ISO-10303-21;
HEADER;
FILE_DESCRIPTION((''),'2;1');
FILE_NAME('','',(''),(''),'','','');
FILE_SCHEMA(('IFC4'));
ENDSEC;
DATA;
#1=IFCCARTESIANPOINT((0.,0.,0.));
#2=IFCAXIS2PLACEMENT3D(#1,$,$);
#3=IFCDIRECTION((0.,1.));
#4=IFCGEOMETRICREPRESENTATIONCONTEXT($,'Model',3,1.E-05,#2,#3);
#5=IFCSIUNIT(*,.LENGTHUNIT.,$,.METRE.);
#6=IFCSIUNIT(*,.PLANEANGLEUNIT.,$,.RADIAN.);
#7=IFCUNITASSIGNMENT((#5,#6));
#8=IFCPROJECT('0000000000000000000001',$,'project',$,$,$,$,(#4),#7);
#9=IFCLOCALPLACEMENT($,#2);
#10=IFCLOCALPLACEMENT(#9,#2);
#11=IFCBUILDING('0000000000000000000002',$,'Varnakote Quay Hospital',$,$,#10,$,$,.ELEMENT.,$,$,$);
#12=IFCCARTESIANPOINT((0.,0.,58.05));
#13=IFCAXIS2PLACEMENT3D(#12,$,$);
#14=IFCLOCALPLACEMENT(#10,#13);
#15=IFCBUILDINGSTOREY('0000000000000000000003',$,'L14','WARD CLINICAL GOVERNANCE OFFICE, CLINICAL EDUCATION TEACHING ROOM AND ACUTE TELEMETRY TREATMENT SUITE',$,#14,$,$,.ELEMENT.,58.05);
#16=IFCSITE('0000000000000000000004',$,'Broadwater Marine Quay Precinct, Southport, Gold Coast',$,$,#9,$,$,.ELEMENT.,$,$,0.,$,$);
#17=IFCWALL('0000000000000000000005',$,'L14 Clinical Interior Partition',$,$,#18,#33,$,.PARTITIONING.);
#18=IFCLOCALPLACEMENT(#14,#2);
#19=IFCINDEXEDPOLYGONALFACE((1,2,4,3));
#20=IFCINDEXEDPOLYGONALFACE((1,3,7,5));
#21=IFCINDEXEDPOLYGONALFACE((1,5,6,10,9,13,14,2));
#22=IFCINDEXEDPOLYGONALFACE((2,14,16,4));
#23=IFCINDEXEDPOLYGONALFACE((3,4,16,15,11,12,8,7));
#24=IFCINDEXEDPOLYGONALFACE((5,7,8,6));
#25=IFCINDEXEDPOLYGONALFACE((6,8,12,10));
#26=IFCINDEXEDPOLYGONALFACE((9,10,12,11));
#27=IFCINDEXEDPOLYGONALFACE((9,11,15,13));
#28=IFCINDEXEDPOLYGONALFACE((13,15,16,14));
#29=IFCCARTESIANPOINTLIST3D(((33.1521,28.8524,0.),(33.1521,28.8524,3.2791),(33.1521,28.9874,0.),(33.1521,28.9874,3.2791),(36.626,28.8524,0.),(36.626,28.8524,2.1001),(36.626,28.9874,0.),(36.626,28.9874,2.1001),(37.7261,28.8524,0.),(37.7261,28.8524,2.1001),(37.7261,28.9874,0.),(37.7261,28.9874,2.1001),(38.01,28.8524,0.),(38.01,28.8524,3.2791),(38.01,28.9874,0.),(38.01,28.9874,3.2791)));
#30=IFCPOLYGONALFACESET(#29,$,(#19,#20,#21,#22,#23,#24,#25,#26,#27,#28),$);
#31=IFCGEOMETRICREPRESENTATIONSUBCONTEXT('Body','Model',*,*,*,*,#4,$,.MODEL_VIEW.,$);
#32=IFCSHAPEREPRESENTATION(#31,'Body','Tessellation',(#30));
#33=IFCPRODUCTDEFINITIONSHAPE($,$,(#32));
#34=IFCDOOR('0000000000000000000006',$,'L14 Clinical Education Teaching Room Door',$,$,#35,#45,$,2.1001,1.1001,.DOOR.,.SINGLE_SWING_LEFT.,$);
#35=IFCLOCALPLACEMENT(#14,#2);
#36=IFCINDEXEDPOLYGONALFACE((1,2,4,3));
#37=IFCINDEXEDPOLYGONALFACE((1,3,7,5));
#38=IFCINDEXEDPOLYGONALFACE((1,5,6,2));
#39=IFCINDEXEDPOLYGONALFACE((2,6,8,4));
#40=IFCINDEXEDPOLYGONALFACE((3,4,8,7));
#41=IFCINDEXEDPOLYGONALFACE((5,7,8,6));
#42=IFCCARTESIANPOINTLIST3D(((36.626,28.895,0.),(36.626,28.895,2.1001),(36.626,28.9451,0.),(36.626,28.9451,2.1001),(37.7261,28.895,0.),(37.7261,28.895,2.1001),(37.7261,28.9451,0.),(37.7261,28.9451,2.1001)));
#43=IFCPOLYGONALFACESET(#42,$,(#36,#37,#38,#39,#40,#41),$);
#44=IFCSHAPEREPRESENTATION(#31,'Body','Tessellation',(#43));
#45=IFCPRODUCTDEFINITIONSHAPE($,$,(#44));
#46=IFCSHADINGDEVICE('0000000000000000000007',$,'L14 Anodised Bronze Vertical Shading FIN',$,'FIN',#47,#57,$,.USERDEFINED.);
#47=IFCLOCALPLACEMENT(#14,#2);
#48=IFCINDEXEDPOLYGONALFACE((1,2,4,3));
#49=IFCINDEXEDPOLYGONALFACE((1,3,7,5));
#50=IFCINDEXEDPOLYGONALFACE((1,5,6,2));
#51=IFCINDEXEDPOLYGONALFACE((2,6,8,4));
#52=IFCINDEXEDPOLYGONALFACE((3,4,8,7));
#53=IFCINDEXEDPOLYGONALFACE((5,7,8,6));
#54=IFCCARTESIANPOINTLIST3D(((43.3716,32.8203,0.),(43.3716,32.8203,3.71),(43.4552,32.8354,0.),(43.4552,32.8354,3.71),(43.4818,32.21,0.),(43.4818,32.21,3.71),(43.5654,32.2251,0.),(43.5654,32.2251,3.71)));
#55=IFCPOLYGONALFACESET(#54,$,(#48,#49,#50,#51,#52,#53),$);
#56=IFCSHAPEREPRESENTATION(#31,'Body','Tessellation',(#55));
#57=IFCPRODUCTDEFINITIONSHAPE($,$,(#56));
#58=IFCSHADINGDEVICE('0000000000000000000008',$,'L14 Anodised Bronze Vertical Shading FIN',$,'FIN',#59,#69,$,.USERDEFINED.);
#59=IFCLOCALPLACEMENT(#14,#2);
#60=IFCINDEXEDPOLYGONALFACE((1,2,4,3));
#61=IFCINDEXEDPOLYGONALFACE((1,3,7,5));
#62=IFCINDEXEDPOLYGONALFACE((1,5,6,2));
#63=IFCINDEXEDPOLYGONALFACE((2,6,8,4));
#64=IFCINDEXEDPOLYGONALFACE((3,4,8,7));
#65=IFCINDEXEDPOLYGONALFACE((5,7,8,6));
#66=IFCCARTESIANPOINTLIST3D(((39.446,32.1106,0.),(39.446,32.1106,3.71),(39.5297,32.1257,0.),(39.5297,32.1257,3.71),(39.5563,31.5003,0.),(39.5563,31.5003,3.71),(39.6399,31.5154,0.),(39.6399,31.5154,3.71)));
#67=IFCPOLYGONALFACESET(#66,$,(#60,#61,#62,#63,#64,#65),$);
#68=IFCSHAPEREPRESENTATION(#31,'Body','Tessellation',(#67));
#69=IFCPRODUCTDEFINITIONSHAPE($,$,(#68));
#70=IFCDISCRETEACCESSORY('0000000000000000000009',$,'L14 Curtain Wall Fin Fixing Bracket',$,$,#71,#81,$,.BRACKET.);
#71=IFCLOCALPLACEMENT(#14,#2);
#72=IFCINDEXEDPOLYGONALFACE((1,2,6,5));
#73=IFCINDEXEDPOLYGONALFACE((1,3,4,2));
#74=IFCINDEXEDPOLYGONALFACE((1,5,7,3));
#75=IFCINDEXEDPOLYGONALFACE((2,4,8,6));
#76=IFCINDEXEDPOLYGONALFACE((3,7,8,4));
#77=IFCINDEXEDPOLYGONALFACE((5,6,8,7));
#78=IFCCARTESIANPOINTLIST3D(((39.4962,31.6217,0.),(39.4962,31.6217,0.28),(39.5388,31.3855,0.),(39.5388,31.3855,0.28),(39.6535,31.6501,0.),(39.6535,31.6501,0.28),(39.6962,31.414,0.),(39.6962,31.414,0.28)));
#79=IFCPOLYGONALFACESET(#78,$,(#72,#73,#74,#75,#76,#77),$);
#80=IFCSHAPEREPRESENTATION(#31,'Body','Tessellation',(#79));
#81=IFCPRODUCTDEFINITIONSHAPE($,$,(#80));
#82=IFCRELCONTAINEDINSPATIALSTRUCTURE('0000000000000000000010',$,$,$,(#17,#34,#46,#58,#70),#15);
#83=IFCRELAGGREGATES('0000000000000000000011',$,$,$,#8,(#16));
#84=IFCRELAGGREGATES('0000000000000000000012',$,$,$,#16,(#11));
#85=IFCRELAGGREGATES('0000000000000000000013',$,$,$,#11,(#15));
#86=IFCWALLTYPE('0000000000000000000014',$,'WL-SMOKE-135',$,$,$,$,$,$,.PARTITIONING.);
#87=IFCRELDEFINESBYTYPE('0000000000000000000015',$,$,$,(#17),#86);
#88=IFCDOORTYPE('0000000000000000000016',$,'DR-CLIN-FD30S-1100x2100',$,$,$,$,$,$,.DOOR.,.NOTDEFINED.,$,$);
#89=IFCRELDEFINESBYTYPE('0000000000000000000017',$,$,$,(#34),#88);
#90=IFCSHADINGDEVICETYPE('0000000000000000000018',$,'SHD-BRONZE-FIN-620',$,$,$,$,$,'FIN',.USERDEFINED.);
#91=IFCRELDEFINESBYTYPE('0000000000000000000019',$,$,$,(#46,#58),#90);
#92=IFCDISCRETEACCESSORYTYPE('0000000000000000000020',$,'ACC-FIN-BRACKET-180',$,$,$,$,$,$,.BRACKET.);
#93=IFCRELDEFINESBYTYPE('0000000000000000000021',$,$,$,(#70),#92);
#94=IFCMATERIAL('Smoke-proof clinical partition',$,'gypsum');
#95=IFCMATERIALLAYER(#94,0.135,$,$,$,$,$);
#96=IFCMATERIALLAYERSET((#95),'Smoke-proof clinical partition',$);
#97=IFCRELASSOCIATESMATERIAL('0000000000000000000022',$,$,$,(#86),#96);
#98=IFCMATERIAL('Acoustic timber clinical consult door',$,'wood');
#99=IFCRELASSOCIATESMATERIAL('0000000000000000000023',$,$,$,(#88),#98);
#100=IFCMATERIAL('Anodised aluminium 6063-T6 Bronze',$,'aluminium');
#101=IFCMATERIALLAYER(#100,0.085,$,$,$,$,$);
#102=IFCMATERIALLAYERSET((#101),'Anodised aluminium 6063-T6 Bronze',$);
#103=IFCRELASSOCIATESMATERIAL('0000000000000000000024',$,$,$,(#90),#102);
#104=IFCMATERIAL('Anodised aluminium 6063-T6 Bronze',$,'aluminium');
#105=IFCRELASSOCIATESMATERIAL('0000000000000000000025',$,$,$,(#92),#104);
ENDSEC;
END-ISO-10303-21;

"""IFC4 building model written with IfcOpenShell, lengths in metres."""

from ifc_helpers import new_model, si_unit, direction, frame, frame_2d, origin, origin_2d, place, context, subcontext, project, spatial, rectangle, extrude, material, layer, layer_set, type_object, element, fill, save


model = new_model("IFC4")

# Units and contexts
model_context = context("Model", 3, precision=1e-05, world=origin(), true_north=direction((0.0, 1.0)))
body_context = subcontext(model_context, "Body", "Model", "MODEL_VIEW")
ifc_project = project(units=[si_unit("LENGTHUNIT", "METRE"), si_unit("PLANEANGLEUNIT", "RADIAN")], contexts=[model_context])

# Site, building, storey
site_placement = place(None, origin())
site = spatial("IfcSite", under=ifc_project, at=site_placement, Name="Broadwater Marine Quay Precinct, Southport, Gold Coast", CompositionType="ELEMENT", RefElevation=0.0)
building_placement = place(site_placement, origin())
building = spatial("IfcBuilding", under=site, at=building_placement, Name="Varnakote Quay Hospital", CompositionType="ELEMENT")
storey_placement = place(building_placement, frame((0.0, 0.0, 58.05)))
storey = spatial("IfcBuildingStorey", under=building, at=storey_placement, Name="L14", Description="WARD CLINICAL GOVERNANCE OFFICE, CLINICAL EDUCATION TEACHING ROOM AND ACUTE TELEMETRY TREATMENT SUITE", CompositionType="ELEMENT", Elevation=58.05)

# Shared definitions
ifc_material_1 = material(Name="Smoke-proof clinical partition", Category="gypsum")
ifc_layer_1 = layer(ifc_material_1, 0.135)
ifc_layer_set_1 = layer_set([ifc_layer_1], Name="Smoke-proof clinical partition")
wall_type_1 = type_object("IfcWallType", Name="WL-SMOKE-135", PredefinedType="PARTITIONING", material=ifc_layer_set_1)

# Wall, opening, door
ifc_material_2 = material(Name="Acoustic timber clinical consult door", Category="wood")
door_type = type_object("IfcDoorType", Name="DR-CLIN-FD30S-1100x2100", OperationType="NOTDEFINED", PredefinedType="DOOR", material=ifc_material_2)
wall_1_placement = place(storey_placement, frame((38.01, 28.9199, 0.0), z_axis=(0.0, 0.0, 1.0), x_axis=(-1.0, 0.0, 0.0)))
wall_1 = element("IfcWall", 1, at=wall_1_placement, inside=storey, type_object=wall_type_1, Name="L14 Clinical Interior Partition", PredefinedType="PARTITIONING", context=body_context, shape_type="SweptSolid", body=[
    extrude(rectangle(XDim=4.8579, YDim=0.135, at=frame_2d((2.429, 0.0))), origin(), (0.0, 0.0, 1.0), 3.2791),
])
opening_1_placement = place(wall_1_placement, frame((0.2839, 0.0, 0.0)))
opening_1 = element("IfcOpeningElement", 2, at=opening_1_placement, cuts=wall_1, PredefinedType="OPENING", context=body_context, shape_type="SweptSolid", body=[
    extrude(rectangle(XDim=1.1001, YDim=2.1001, at=frame_2d((0.55, 1.05))), frame((0.0, 0.0774, 0.0), z_axis=(0.0, -1.0, 0.0), x_axis=(1.0, 0.0, 0.0)), (0.0, 0.0, 1.0), 0.155),
])
door_1_placement = place(opening_1_placement, origin())
door_1 = element("IfcDoor", 3, at=door_1_placement, inside=storey, type_object=door_type, Name="L14 Clinical Education Teaching Room Door", OperationType="SINGLE_SWING_LEFT", OverallHeight=2.1001, OverallWidth=1.1001, PredefinedType="DOOR", context=body_context, shape_type="SweptSolid", body=[
    extrude(rectangle(XDim=1.1001, YDim=2.1001, at=frame_2d((0.55, 1.05))), frame((0.0, 0.0249, 0.0), z_axis=(0.0, -1.0, 0.0), x_axis=(1.0, 0.0, 0.0)), (0.0, 0.0, 1.0), 0.05),
])
fill(opening_1, door_1)

# Shading devices
ifc_material_3 = material(Name="Anodised aluminium 6063-T6 Bronze", Category="aluminium")
ifc_layer_2 = layer(ifc_material_3, 0.085)
ifc_layer_set_2 = layer_set([ifc_layer_2], Name="Anodised aluminium 6063-T6 Bronze")
shading_device_type = type_object("IfcShadingDeviceType", Name="SHD-BRONZE-FIN-620", ElementType="FIN", PredefinedType="USERDEFINED", material=ifc_layer_set_2)
for number, where, z_axis, x_axis, name in (
    (4, (43.4685, 32.5227, 0.0), (0.0, 0.0, 1.0), (0.177772, -0.984072, 0.0), "L14 Anodised Bronze Vertical Shading FIN"),
    (5, (39.543, 31.813, 0.0), (0.0, 0.0, 1.0), (0.177772, -0.984072, 0.0), "L14 Anodised Bronze Vertical Shading FIN"),
):
    element("IfcShadingDevice", number, at=place(storey_placement, frame(where, z_axis=z_axis, x_axis=x_axis)), inside=storey, type_object=shading_device_type, Name=name, ObjectType="FIN", PredefinedType="USERDEFINED", context=body_context, shape_type="SweptSolid", body=[
        extrude(rectangle(XDim=0.6201, YDim=0.085, at=origin_2d()), origin(), (0.0, 0.0, 1.0), 3.71),
    ])

# Discrete accessory
ifc_material_4 = material(Name="Anodised aluminium 6063-T6 Bronze", Category="aluminium")
discrete_accessory_type = type_object("IfcDiscreteAccessoryType", Name="ACC-FIN-BRACKET-180", PredefinedType="BRACKET", material=ifc_material_4)
discrete_accessory_placement = place(storey_placement, frame((39.5962, 31.5178, 0.0), z_axis=(0.0, 0.0, 1.0), x_axis=(-0.984072, -0.177772, 0.0)))
element("IfcDiscreteAccessory", 6, at=discrete_accessory_placement, inside=storey, type_object=discrete_accessory_type, Name="L14 Curtain Wall Fin Fixing Bracket", PredefinedType="BRACKET", context=body_context, shape_type="SweptSolid", body=[
    extrude(rectangle(XDim=0.1599, YDim=0.24, at=origin_2d()), origin(), (0.0, 0.0, 1.0), 0.28),
])

save(model, "model.ifc")
